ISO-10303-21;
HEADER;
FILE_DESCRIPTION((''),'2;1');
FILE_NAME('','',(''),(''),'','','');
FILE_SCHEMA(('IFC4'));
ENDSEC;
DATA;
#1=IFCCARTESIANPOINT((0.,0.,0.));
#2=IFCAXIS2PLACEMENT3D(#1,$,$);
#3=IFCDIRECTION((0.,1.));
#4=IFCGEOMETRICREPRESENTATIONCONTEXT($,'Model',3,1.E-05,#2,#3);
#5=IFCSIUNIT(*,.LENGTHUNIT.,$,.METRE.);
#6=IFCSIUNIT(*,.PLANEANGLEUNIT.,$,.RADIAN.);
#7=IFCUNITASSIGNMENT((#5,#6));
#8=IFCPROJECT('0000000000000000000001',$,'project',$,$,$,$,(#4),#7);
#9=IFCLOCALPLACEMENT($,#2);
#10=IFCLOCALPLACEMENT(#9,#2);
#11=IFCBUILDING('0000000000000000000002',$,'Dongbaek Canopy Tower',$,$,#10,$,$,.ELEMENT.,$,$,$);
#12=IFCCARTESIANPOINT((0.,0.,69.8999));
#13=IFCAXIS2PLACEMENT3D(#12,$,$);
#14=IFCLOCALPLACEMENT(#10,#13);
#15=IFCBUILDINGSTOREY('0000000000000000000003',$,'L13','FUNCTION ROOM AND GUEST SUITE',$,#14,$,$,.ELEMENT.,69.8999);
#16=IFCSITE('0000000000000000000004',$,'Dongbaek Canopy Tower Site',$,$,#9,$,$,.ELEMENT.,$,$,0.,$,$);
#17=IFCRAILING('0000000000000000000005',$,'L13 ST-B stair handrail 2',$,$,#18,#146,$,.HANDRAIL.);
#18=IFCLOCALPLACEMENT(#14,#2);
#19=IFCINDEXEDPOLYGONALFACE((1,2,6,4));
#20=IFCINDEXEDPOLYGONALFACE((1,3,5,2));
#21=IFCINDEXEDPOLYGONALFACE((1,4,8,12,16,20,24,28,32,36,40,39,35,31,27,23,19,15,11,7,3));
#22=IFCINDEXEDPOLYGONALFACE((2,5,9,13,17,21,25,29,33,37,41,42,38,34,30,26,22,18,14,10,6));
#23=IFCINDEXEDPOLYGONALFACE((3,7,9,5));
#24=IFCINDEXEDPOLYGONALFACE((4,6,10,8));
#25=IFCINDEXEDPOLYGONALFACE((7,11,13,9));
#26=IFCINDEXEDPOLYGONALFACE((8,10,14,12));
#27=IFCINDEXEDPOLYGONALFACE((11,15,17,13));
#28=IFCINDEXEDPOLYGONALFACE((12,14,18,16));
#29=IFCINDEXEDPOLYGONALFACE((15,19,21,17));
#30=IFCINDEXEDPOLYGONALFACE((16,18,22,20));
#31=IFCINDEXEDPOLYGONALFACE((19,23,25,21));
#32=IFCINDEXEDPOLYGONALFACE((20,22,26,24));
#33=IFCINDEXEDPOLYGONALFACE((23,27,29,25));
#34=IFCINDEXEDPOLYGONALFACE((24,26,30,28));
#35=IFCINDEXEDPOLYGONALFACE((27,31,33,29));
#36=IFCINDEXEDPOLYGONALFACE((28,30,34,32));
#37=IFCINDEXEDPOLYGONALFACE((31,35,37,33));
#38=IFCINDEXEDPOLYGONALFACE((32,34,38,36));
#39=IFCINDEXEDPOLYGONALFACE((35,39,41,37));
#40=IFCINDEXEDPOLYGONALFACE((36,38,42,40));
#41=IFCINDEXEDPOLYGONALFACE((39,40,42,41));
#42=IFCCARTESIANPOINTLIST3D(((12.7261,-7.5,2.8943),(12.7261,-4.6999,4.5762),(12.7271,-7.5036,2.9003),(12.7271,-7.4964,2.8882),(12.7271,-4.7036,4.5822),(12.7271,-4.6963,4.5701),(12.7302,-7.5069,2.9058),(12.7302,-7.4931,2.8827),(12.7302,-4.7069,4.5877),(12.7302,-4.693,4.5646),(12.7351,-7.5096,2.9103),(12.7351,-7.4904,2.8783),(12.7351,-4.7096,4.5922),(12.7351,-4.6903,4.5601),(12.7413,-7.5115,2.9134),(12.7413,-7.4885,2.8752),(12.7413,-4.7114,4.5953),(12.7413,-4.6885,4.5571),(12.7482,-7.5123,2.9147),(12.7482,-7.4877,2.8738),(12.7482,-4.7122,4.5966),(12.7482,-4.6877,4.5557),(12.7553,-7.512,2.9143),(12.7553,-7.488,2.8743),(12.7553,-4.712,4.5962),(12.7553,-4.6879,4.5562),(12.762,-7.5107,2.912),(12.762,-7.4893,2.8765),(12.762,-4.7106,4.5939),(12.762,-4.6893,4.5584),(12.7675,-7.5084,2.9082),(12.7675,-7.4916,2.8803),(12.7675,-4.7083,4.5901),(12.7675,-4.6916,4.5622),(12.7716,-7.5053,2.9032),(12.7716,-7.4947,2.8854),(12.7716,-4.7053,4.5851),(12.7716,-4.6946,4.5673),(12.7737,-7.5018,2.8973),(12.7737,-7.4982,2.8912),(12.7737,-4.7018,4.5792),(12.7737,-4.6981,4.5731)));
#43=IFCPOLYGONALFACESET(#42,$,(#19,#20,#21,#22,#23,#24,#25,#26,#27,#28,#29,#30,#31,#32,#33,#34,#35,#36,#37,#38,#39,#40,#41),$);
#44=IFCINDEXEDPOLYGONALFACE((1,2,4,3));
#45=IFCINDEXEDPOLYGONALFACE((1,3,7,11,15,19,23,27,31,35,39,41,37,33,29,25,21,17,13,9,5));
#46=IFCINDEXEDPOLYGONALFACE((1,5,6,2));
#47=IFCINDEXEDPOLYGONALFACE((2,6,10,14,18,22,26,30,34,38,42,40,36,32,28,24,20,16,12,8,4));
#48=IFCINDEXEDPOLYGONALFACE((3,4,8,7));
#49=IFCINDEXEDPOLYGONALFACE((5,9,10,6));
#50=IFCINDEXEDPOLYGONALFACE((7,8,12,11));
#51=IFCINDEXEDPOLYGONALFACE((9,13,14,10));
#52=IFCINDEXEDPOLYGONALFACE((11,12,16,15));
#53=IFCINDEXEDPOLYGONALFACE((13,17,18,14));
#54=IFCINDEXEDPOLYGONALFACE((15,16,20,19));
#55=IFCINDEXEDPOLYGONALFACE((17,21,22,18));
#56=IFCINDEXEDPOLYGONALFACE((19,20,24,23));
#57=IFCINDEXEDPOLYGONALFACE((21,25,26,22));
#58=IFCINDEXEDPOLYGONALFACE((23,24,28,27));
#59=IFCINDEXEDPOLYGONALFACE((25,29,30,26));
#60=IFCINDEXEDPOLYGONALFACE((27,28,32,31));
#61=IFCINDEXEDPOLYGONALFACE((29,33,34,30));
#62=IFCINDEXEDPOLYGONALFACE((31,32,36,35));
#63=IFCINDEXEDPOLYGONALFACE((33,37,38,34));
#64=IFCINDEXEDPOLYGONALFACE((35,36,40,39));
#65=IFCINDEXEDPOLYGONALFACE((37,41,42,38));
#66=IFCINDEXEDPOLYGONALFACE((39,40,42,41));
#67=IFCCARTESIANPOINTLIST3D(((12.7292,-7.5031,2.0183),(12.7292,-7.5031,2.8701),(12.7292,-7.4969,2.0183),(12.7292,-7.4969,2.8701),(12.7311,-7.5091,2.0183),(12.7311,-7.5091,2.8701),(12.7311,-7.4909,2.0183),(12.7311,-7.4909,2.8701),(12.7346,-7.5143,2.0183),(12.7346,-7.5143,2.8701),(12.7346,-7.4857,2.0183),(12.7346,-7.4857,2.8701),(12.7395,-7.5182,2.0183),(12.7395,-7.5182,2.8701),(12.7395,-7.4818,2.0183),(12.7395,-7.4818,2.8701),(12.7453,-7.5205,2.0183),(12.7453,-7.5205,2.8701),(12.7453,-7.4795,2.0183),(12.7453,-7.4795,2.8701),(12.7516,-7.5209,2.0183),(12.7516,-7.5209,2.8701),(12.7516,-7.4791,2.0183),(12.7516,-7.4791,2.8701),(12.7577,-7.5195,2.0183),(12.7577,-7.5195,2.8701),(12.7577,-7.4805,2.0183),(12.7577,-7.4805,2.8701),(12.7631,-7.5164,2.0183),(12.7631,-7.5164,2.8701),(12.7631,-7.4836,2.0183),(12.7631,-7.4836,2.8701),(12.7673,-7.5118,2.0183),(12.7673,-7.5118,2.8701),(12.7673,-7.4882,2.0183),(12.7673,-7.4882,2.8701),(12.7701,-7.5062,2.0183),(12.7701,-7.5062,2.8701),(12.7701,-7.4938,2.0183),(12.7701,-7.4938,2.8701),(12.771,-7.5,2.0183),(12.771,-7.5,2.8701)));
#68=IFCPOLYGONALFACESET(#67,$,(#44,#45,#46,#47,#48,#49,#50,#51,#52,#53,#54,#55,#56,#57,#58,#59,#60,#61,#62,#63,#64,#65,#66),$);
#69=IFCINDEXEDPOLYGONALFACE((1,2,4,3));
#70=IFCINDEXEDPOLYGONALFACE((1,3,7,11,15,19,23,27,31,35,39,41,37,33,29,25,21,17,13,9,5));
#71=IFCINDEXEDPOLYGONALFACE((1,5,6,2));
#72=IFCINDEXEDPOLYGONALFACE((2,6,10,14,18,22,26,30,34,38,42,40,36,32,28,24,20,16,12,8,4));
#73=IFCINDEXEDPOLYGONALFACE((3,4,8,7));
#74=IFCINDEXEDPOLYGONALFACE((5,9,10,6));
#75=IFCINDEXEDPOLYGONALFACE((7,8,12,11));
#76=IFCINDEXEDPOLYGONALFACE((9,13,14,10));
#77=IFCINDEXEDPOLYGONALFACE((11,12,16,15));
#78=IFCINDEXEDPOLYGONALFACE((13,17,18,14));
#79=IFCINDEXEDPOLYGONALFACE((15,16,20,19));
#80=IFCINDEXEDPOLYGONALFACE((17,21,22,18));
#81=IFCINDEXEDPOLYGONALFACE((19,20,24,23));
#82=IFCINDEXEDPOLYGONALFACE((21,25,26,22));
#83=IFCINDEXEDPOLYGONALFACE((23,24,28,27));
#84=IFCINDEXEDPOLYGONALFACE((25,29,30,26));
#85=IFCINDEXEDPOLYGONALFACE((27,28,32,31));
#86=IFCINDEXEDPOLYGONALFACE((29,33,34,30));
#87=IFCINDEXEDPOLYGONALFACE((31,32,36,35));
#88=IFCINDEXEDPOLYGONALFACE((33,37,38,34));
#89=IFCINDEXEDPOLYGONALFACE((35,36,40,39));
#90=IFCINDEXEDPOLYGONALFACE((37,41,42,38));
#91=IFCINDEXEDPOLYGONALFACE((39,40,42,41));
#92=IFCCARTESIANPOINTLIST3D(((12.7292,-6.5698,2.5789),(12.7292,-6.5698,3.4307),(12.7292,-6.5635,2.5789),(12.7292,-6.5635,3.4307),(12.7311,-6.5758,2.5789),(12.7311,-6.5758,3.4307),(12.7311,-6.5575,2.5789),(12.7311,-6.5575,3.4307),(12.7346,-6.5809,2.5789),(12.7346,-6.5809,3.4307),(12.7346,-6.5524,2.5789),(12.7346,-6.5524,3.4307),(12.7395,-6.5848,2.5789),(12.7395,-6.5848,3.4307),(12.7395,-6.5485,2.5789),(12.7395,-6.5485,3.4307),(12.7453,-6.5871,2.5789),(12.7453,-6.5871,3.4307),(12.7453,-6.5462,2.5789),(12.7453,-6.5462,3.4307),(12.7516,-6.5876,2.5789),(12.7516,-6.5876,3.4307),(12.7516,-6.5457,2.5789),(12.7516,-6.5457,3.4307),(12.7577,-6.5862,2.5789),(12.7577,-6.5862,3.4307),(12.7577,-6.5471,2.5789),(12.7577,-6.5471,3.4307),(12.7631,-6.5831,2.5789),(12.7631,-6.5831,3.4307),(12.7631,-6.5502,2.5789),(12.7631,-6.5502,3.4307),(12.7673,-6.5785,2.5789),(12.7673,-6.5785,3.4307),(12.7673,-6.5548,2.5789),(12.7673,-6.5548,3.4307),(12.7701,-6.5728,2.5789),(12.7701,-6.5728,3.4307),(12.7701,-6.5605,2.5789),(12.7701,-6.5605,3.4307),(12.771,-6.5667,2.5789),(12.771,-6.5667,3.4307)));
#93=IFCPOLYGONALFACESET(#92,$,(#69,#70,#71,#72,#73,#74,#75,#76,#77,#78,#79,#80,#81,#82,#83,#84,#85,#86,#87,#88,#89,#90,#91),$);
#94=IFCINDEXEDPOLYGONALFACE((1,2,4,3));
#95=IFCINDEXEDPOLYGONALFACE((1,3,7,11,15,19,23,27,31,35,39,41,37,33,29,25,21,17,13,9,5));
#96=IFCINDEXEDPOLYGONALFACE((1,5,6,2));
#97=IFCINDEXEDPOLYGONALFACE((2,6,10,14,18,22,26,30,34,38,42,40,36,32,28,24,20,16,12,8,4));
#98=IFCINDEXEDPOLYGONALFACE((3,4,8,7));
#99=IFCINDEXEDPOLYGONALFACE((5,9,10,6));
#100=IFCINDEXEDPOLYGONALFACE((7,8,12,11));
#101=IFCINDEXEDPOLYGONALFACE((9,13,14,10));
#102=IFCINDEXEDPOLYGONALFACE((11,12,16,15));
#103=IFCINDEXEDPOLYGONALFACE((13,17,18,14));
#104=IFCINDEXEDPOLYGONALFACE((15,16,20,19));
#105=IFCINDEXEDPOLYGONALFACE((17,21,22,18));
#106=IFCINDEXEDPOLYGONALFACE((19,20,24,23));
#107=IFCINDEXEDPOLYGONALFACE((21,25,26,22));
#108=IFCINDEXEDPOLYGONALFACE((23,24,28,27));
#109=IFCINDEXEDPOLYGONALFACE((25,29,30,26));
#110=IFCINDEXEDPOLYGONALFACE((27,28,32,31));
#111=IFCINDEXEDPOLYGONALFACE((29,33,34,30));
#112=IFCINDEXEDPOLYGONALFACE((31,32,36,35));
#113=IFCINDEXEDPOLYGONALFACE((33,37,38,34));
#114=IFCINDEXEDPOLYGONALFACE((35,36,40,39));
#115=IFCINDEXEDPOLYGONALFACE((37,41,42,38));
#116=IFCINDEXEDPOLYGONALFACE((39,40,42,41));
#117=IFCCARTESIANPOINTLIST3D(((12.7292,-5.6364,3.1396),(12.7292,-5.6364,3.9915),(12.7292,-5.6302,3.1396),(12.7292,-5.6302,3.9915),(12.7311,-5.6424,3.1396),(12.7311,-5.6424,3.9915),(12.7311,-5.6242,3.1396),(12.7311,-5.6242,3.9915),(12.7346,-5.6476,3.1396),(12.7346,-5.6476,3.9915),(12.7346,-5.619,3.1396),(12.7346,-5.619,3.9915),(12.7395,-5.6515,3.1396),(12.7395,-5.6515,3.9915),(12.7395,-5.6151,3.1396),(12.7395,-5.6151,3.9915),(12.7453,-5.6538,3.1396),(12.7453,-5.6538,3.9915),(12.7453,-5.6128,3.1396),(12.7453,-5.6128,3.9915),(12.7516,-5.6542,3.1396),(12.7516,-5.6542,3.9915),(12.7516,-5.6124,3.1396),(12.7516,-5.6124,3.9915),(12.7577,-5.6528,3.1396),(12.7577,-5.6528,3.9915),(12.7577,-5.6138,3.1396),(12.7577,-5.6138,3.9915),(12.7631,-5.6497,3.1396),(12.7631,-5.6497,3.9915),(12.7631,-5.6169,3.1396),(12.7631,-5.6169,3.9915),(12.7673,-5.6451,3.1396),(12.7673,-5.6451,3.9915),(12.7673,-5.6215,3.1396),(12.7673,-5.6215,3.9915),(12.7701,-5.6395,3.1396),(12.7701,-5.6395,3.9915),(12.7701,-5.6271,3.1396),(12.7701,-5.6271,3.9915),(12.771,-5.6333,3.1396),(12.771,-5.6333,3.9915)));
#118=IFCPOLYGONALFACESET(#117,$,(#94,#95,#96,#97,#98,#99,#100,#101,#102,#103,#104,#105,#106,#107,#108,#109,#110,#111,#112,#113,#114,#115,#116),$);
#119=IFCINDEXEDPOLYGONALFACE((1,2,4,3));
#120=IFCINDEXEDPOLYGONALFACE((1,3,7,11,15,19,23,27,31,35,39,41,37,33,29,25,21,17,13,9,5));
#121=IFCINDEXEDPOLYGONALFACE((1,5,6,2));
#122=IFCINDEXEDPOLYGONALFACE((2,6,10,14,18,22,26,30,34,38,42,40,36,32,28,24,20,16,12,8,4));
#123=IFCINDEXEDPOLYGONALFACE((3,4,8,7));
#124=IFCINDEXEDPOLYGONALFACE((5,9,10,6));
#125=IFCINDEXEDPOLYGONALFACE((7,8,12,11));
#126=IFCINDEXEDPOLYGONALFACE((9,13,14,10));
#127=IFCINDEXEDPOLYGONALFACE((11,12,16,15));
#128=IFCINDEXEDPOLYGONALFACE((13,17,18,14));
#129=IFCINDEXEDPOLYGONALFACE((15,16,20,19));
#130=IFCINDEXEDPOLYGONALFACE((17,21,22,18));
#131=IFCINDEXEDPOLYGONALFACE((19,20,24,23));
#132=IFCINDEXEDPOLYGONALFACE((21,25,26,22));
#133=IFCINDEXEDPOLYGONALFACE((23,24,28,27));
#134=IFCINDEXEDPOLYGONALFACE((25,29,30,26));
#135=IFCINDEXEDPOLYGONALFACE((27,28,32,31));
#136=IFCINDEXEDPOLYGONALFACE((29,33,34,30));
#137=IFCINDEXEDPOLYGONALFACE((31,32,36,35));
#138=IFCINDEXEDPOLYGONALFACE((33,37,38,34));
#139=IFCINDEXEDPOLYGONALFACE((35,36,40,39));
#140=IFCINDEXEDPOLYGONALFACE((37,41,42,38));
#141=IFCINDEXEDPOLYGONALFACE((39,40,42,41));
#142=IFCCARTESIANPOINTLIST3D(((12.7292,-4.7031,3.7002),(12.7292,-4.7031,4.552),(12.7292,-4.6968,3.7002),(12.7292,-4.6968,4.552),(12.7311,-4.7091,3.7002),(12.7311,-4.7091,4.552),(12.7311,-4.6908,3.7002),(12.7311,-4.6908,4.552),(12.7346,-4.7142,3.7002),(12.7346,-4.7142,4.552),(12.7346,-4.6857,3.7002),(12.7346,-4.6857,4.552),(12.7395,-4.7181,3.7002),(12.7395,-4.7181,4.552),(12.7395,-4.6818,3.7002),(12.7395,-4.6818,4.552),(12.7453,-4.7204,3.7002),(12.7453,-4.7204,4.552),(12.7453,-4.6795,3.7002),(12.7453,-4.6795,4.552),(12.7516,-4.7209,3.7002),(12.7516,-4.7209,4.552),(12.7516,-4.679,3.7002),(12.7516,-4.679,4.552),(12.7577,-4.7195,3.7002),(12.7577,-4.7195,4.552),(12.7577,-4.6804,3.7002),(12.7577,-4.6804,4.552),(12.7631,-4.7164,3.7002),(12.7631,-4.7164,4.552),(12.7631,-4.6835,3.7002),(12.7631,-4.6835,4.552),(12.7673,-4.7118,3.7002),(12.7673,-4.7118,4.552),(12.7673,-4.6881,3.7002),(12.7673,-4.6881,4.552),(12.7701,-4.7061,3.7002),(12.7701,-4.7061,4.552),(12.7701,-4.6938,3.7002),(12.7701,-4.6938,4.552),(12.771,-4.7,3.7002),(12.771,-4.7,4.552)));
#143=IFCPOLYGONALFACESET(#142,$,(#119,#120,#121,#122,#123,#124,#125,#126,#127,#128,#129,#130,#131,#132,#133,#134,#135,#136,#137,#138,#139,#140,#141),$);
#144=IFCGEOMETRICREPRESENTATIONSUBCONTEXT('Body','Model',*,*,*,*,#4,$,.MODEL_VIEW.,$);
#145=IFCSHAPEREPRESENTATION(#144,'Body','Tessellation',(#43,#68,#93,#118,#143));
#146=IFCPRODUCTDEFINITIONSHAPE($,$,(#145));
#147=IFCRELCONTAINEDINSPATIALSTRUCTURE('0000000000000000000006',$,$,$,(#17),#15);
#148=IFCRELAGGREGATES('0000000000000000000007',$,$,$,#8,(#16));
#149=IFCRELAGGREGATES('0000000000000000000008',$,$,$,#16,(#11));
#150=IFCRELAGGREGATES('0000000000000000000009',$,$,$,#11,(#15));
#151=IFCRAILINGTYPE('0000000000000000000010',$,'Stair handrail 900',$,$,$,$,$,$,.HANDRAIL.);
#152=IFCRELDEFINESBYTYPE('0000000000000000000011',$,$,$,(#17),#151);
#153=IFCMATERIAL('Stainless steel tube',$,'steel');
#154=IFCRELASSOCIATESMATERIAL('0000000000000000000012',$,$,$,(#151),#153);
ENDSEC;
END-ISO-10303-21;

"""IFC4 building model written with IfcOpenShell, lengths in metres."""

from ifc_helpers import new_model, si_unit, direction, frame, origin, origin_2d, place, context, subcontext, project, spatial, circle, extrude, material, type_object, element, save


model = new_model("IFC4")

# Units and contexts
model_context = context("Model", 3, precision=1e-05, world=origin(), true_north=direction((0.0, 1.0)))
body_context = subcontext(model_context, "Body", "Model", "MODEL_VIEW")
ifc_project = project(units=[si_unit("LENGTHUNIT", "METRE"), si_unit("PLANEANGLEUNIT", "RADIAN")], contexts=[model_context])

# Site, building, storey
site_placement = place(None, origin())
site = spatial("IfcSite", under=ifc_project, at=site_placement, Name="Dongbaek Canopy Tower Site", CompositionType="ELEMENT", RefElevation=0.0)
building_placement = place(site_placement, origin())
building = spatial("IfcBuilding", under=site, at=building_placement, Name="Dongbaek Canopy Tower", CompositionType="ELEMENT")
storey_placement = place(building_placement, frame((0.0, 0.0, 69.8999)))
storey = spatial("IfcBuildingStorey", under=building, at=storey_placement, Name="L13", Description="FUNCTION ROOM AND GUEST SUITE", CompositionType="ELEMENT", Elevation=69.8999)

# Railing
ifc_material_1 = material(Name="Stainless steel tube", Category="steel")
railing_type_1 = type_object("IfcRailingType", Name="Stair handrail 900", PredefinedType="HANDRAIL", material=ifc_material_1)
railing_1_placement = place(storey_placement, frame((12.75, -7.5, 2.0183)))
element("IfcRailing", 1, at=railing_1_placement, inside=storey, type_object=railing_type_1, Name="L13 ST-B stair handrail 2", PredefinedType="HANDRAIL", context=body_context, shape_type="SweptSolid", body=[
    extrude(circle(Radius=0.0239, at=origin_2d()), frame((0.0, 0.0, 0.876), z_axis=(0.0, 0.857242, 0.514913), x_axis=(-1.0, 0.0, 0.0)), (0.0, 0.0, 1.0), 3.2664),
    extrude(circle(Radius=0.021, at=origin_2d()), origin(), (0.0, 0.0, 1.0), 0.8518),
    extrude(circle(Radius=0.021, at=origin_2d()), frame((0.0, 0.9333, 0.5605)), (0.0, 0.0, 1.0), 0.8518),
    extrude(circle(Radius=0.021, at=origin_2d()), frame((0.0, 1.8667, 1.1213)), (0.0, 0.0, 1.0), 0.8518),
    extrude(circle(Radius=0.021, at=origin_2d()), frame((0.0, 2.8, 1.6819)), (0.0, 0.0, 1.0), 0.8518),
])

save(model, "model.ifc")
